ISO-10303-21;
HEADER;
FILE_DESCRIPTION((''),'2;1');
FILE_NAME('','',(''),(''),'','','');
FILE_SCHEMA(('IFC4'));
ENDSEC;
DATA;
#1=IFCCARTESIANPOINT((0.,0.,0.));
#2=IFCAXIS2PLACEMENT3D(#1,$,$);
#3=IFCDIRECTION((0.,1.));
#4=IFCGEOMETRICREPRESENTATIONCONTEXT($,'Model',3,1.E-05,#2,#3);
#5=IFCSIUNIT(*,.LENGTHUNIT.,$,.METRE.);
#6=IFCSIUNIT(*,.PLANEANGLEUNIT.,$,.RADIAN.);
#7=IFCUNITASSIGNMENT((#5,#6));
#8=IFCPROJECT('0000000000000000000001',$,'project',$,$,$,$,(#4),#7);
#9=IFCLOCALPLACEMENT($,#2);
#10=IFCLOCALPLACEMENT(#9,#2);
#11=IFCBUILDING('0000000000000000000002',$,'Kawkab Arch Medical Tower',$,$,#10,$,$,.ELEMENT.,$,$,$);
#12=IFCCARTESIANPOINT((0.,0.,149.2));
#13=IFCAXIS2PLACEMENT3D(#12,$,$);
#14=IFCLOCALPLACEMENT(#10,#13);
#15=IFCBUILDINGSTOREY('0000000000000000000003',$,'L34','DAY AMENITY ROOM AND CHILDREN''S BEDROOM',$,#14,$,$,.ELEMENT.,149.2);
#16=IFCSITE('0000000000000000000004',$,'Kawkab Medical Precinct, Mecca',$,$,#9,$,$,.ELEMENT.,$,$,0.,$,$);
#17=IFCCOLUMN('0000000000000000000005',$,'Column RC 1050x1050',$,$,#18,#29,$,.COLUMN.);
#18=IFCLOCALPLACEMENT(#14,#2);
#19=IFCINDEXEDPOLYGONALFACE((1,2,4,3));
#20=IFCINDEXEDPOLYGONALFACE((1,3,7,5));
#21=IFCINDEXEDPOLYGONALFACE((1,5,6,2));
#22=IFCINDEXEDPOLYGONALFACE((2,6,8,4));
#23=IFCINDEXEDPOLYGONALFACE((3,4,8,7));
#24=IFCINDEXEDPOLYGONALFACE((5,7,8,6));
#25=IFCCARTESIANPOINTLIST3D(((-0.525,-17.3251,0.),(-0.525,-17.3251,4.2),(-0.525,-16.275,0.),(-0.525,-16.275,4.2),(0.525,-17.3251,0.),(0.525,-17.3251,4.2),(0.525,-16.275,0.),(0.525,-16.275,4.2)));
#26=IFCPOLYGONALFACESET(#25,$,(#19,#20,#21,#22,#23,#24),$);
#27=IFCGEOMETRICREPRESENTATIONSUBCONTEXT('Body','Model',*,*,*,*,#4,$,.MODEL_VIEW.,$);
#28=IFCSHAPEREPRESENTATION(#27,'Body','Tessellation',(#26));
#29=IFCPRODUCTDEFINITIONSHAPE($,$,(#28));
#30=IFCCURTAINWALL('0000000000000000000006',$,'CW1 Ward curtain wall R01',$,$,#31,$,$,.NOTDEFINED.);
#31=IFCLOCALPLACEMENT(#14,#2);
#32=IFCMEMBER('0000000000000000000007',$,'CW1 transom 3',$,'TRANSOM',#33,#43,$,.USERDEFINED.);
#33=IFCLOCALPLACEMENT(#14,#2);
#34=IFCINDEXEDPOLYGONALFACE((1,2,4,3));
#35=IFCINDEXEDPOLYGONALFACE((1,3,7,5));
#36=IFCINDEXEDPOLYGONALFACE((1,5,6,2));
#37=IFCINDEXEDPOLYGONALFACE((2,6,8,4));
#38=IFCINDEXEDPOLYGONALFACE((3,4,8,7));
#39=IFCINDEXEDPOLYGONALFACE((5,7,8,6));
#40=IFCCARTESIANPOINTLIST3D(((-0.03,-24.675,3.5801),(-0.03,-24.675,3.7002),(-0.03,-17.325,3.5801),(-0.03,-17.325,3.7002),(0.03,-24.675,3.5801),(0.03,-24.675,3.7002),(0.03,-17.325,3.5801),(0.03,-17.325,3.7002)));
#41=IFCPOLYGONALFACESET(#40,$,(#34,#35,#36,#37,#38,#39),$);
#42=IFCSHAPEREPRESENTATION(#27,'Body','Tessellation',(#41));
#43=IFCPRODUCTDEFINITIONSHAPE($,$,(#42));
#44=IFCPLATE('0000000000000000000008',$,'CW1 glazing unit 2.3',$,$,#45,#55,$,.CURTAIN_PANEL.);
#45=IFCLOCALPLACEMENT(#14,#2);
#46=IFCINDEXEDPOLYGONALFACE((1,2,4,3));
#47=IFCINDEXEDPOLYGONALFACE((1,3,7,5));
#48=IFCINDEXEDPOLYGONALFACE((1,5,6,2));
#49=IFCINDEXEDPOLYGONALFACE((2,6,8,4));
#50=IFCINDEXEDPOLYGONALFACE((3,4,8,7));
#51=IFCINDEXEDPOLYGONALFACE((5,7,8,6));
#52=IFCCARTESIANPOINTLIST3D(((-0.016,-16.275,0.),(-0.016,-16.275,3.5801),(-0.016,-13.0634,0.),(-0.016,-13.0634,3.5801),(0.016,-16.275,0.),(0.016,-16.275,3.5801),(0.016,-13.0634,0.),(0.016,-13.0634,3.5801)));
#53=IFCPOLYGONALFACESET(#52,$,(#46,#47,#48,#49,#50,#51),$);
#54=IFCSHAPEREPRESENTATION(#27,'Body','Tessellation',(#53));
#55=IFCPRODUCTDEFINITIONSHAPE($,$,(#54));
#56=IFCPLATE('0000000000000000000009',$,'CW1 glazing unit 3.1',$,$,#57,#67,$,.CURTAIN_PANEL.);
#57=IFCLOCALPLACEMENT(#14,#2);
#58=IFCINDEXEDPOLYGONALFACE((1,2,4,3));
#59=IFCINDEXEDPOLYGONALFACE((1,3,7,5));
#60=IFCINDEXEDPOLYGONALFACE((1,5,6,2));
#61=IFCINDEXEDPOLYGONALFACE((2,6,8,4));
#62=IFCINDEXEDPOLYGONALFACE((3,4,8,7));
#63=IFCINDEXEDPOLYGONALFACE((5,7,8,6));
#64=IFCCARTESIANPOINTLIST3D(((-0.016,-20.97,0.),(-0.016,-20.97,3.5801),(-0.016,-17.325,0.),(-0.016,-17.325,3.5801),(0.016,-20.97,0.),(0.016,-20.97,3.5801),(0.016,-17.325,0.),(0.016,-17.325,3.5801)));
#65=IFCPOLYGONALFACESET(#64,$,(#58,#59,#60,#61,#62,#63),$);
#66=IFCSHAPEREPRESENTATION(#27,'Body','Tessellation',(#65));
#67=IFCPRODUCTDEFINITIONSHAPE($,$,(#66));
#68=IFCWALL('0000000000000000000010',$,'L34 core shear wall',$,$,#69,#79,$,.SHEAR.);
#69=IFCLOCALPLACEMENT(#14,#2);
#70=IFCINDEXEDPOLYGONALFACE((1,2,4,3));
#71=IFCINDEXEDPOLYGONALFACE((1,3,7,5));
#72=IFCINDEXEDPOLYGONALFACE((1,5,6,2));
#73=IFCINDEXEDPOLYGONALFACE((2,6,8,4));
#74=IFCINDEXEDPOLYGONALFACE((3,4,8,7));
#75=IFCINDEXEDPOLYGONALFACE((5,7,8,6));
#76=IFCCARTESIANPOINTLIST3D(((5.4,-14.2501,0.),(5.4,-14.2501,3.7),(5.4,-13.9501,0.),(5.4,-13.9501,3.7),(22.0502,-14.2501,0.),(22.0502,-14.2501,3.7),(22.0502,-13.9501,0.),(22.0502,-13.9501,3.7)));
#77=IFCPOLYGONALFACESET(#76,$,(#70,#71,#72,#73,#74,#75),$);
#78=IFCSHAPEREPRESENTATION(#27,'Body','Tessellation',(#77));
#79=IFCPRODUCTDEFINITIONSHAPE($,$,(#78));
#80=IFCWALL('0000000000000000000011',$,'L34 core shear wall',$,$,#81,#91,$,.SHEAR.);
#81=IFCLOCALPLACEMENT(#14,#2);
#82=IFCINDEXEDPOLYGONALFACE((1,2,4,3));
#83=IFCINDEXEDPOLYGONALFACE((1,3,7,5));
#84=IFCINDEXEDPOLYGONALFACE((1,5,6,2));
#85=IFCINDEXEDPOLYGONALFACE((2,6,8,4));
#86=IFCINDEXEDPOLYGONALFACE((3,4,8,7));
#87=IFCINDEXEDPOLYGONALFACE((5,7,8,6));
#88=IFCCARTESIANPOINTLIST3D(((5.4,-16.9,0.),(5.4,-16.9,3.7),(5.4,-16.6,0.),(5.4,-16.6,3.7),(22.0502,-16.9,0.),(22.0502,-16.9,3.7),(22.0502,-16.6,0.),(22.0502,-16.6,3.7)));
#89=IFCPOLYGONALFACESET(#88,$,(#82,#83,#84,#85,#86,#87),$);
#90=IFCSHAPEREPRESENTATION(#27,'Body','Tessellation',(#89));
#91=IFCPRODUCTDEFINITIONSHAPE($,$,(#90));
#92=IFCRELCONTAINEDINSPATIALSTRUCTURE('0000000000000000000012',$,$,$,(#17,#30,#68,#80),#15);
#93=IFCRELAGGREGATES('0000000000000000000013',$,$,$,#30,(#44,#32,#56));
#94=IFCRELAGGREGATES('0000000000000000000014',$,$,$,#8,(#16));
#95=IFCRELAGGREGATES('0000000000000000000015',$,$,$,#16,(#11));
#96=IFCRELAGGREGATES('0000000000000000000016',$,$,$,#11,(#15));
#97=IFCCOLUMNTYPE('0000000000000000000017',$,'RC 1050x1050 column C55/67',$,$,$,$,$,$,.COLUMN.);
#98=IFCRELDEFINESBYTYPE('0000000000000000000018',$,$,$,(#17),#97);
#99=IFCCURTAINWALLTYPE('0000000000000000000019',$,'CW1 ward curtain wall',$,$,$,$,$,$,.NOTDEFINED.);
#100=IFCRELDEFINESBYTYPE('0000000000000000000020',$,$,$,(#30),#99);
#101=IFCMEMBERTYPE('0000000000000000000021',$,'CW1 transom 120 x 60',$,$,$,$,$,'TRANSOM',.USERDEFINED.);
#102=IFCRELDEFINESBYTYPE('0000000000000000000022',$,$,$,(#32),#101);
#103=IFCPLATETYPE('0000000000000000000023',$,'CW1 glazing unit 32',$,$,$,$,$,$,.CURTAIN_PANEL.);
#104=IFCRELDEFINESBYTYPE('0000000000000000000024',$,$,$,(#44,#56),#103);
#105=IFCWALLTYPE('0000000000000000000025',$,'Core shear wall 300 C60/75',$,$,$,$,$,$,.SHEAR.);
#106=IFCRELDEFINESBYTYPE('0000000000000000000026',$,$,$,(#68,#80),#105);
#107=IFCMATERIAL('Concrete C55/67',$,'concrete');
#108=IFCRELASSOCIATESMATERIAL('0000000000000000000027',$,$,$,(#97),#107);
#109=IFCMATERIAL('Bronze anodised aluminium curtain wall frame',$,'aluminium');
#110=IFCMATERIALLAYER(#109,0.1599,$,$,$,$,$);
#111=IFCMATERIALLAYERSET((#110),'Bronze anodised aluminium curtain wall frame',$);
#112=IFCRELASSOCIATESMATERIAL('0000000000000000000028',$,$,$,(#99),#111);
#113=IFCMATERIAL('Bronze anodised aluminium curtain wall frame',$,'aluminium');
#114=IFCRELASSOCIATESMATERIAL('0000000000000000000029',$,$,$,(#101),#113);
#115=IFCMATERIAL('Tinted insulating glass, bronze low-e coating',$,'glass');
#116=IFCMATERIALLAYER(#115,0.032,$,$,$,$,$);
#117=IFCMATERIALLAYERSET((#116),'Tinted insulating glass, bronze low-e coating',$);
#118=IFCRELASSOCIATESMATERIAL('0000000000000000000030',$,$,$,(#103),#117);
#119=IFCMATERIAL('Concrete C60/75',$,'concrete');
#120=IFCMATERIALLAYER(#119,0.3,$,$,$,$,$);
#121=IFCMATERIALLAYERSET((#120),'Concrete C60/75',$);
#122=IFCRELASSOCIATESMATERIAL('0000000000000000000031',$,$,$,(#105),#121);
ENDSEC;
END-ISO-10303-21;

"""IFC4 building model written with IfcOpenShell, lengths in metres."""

from ifc_helpers import new_model, si_unit, direction, frame, frame_2d, origin, origin_2d, place, context, subcontext, project, spatial, rectangle, extrude, material, layer, layer_set, material_profile, profile_set, type_object, element, aggregate, save


model = new_model("IFC4")

# Units and contexts
model_context = context("Model", 3, precision=1e-05, world=origin(), true_north=direction((0.0, 1.0)))
body_context = subcontext(model_context, "Body", "Model", "MODEL_VIEW")
ifc_project = project(units=[si_unit("LENGTHUNIT", "METRE"), si_unit("PLANEANGLEUNIT", "RADIAN")], contexts=[model_context])

# Site, building, storey
site_placement = place(None, origin())
site = spatial("IfcSite", under=ifc_project, at=site_placement, Name="Kawkab Medical Precinct, Mecca", CompositionType="ELEMENT", RefElevation=0.0)
building_placement = place(site_placement, origin())
building = spatial("IfcBuilding", under=site, at=building_placement, Name="Kawkab Arch Medical Tower", CompositionType="ELEMENT")
storey_placement = place(building_placement, frame((0.0, 0.0, 149.2)))
storey = spatial("IfcBuildingStorey", under=building, at=storey_placement, Name="L34", Description="DAY AMENITY ROOM AND CHILDREN'S BEDROOM", CompositionType="ELEMENT", Elevation=149.2)

# Column
ifc_material_1 = material(Name="Concrete C55/67", Category="concrete")
ifc_material_profile_1 = material_profile(ifc_material_1, rectangle(XDim=1.05, YDim=1.05, at=origin_2d()), Name="RC 1050x1050")
ifc_profile_set_1 = profile_set([ifc_material_profile_1], Name="Concrete C55/67")
column_type = type_object("IfcColumnType", Name="RC 1050x1050 column C55/67", PredefinedType="COLUMN", material=ifc_profile_set_1)
column_placement = place(storey_placement, frame((0.0, -16.8, 0.0), z_axis=(0.0, 0.0, 1.0), x_axis=(1.0, 0.0, 0.0)))
element("IfcColumn", 1, at=column_placement, inside=storey, type_object=column_type, Name="Column RC 1050x1050", PredefinedType="COLUMN", context=body_context, shape_type="SweptSolid", body=[
    extrude(rectangle(XDim=1.05, YDim=1.05, at=origin_2d()), origin(), (0.0, 0.0, 1.0), 4.2),
])

# Curtain wall, member, plates
ifc_material_2 = material(Name="Bronze anodised aluminium curtain wall frame", Category="aluminium")
ifc_layer_1 = layer(ifc_material_2, 0.1599)
ifc_layer_set_1 = layer_set([ifc_layer_1], Name="Bronze anodised aluminium curtain wall frame")
curtain_wall_type = type_object("IfcCurtainWallType", Name="CW1 ward curtain wall", PredefinedType="NOTDEFINED", material=ifc_layer_set_1)
placement = place(storey_placement, origin())
curtain_wall = element("IfcCurtainWall", 2, at=placement, inside=storey, type_object=curtain_wall_type, Name="CW1 Ward curtain wall R01", PredefinedType="NOTDEFINED")
ifc_material_3 = material(Name="Bronze anodised aluminium curtain wall frame", Category="aluminium")
ifc_material_profile_2 = material_profile(ifc_material_3, rectangle(XDim=0.0601, YDim=0.1201, at=origin_2d()), Name="AL 60x120")
ifc_profile_set_2 = profile_set([ifc_material_profile_2], Name="Bronze anodised aluminium curtain wall frame")
member_type = type_object("IfcMemberType", Name="CW1 transom 120 x 60", ElementType="TRANSOM", PredefinedType="USERDEFINED", material=ifc_profile_set_2)
member_placement = place(storey_placement, frame((0.0, -17.325, 3.6401), z_axis=(0.0, -1.0, 0.0), x_axis=(1.0, 0.0, 0.0)))
member = element("IfcMember", 3, at=member_placement, type_object=member_type, Name="CW1 transom 3", ObjectType="TRANSOM", PredefinedType="USERDEFINED", context=body_context, shape_type="SweptSolid", body=[
    extrude(rectangle(XDim=0.0601, YDim=0.1201, at=origin_2d()), origin(), (0.0, 0.0, 1.0), 7.3501),
])
ifc_material_4 = material(Name="Tinted insulating glass, bronze low-e coating", Category="glass")
ifc_layer_2 = layer(ifc_material_4, 0.032)
ifc_layer_set_2 = layer_set([ifc_layer_2], Name="Tinted insulating glass, bronze low-e coating")
plate_type = type_object("IfcPlateType", Name="CW1 glazing unit 32", PredefinedType="CURTAIN_PANEL", material=ifc_layer_set_2)
plate_1_placement = place(storey_placement, frame((0.0, -14.6692, 0.0), z_axis=(0.0, 0.0, 1.0), x_axis=(0.0, -1.0, 0.0)))
plate_1 = element("IfcPlate", 4, at=plate_1_placement, type_object=plate_type, Name="CW1 glazing unit 2.3", PredefinedType="CURTAIN_PANEL", context=body_context, shape_type="SweptSolid", body=[
    extrude(rectangle(XDim=3.2117, YDim=0.032, at=origin_2d()), origin(), (0.0, 0.0, 1.0), 3.5801),
])
plate_2_placement = place(storey_placement, frame((0.0, -19.1475, 0.0), z_axis=(0.0, 0.0, 1.0), x_axis=(0.0, -1.0, 0.0)))
plate_2 = element("IfcPlate", 5, at=plate_2_placement, type_object=plate_type, Name="CW1 glazing unit 3.1", PredefinedType="CURTAIN_PANEL", context=body_context, shape_type="SweptSolid", body=[
    extrude(rectangle(XDim=3.645, YDim=0.032, at=origin_2d()), origin(), (0.0, 0.0, 1.0), 3.5801),
])
aggregate(curtain_wall, [plate_1, member, plate_2])

# Walls
ifc_material_5 = material(Name="Concrete C60/75", Category="concrete")
ifc_layer_3 = layer(ifc_material_5, 0.3)
ifc_layer_set_3 = layer_set([ifc_layer_3], Name="Concrete C60/75")
wall_type_1 = type_object("IfcWallType", Name="Core shear wall 300 C60/75", PredefinedType="SHEAR", material=ifc_layer_set_3)
for number, where, z_axis, x_axis, name in (
    (6, (5.3999, -14.1001, 0.0), (0.0, 0.0, 1.0), (1.0, 0.0, 0.0), "L34 core shear wall"),
    (7, (5.3999, -16.75, 0.0), (0.0, 0.0, 1.0), (1.0, 0.0, 0.0), "L34 core shear wall"),
):
    element("IfcWall", number, at=place(storey_placement, frame(where, z_axis=z_axis, x_axis=x_axis)), inside=storey, type_object=wall_type_1, Name=name, PredefinedType="SHEAR", context=body_context, shape_type="SweptSolid", body=[
        extrude(rectangle(XDim=16.6501, YDim=0.3, at=frame_2d((8.3252, 0.0))), origin(), (0.0, 0.0, 1.0), 3.7),
    ])

save(model, "model.ifc")
